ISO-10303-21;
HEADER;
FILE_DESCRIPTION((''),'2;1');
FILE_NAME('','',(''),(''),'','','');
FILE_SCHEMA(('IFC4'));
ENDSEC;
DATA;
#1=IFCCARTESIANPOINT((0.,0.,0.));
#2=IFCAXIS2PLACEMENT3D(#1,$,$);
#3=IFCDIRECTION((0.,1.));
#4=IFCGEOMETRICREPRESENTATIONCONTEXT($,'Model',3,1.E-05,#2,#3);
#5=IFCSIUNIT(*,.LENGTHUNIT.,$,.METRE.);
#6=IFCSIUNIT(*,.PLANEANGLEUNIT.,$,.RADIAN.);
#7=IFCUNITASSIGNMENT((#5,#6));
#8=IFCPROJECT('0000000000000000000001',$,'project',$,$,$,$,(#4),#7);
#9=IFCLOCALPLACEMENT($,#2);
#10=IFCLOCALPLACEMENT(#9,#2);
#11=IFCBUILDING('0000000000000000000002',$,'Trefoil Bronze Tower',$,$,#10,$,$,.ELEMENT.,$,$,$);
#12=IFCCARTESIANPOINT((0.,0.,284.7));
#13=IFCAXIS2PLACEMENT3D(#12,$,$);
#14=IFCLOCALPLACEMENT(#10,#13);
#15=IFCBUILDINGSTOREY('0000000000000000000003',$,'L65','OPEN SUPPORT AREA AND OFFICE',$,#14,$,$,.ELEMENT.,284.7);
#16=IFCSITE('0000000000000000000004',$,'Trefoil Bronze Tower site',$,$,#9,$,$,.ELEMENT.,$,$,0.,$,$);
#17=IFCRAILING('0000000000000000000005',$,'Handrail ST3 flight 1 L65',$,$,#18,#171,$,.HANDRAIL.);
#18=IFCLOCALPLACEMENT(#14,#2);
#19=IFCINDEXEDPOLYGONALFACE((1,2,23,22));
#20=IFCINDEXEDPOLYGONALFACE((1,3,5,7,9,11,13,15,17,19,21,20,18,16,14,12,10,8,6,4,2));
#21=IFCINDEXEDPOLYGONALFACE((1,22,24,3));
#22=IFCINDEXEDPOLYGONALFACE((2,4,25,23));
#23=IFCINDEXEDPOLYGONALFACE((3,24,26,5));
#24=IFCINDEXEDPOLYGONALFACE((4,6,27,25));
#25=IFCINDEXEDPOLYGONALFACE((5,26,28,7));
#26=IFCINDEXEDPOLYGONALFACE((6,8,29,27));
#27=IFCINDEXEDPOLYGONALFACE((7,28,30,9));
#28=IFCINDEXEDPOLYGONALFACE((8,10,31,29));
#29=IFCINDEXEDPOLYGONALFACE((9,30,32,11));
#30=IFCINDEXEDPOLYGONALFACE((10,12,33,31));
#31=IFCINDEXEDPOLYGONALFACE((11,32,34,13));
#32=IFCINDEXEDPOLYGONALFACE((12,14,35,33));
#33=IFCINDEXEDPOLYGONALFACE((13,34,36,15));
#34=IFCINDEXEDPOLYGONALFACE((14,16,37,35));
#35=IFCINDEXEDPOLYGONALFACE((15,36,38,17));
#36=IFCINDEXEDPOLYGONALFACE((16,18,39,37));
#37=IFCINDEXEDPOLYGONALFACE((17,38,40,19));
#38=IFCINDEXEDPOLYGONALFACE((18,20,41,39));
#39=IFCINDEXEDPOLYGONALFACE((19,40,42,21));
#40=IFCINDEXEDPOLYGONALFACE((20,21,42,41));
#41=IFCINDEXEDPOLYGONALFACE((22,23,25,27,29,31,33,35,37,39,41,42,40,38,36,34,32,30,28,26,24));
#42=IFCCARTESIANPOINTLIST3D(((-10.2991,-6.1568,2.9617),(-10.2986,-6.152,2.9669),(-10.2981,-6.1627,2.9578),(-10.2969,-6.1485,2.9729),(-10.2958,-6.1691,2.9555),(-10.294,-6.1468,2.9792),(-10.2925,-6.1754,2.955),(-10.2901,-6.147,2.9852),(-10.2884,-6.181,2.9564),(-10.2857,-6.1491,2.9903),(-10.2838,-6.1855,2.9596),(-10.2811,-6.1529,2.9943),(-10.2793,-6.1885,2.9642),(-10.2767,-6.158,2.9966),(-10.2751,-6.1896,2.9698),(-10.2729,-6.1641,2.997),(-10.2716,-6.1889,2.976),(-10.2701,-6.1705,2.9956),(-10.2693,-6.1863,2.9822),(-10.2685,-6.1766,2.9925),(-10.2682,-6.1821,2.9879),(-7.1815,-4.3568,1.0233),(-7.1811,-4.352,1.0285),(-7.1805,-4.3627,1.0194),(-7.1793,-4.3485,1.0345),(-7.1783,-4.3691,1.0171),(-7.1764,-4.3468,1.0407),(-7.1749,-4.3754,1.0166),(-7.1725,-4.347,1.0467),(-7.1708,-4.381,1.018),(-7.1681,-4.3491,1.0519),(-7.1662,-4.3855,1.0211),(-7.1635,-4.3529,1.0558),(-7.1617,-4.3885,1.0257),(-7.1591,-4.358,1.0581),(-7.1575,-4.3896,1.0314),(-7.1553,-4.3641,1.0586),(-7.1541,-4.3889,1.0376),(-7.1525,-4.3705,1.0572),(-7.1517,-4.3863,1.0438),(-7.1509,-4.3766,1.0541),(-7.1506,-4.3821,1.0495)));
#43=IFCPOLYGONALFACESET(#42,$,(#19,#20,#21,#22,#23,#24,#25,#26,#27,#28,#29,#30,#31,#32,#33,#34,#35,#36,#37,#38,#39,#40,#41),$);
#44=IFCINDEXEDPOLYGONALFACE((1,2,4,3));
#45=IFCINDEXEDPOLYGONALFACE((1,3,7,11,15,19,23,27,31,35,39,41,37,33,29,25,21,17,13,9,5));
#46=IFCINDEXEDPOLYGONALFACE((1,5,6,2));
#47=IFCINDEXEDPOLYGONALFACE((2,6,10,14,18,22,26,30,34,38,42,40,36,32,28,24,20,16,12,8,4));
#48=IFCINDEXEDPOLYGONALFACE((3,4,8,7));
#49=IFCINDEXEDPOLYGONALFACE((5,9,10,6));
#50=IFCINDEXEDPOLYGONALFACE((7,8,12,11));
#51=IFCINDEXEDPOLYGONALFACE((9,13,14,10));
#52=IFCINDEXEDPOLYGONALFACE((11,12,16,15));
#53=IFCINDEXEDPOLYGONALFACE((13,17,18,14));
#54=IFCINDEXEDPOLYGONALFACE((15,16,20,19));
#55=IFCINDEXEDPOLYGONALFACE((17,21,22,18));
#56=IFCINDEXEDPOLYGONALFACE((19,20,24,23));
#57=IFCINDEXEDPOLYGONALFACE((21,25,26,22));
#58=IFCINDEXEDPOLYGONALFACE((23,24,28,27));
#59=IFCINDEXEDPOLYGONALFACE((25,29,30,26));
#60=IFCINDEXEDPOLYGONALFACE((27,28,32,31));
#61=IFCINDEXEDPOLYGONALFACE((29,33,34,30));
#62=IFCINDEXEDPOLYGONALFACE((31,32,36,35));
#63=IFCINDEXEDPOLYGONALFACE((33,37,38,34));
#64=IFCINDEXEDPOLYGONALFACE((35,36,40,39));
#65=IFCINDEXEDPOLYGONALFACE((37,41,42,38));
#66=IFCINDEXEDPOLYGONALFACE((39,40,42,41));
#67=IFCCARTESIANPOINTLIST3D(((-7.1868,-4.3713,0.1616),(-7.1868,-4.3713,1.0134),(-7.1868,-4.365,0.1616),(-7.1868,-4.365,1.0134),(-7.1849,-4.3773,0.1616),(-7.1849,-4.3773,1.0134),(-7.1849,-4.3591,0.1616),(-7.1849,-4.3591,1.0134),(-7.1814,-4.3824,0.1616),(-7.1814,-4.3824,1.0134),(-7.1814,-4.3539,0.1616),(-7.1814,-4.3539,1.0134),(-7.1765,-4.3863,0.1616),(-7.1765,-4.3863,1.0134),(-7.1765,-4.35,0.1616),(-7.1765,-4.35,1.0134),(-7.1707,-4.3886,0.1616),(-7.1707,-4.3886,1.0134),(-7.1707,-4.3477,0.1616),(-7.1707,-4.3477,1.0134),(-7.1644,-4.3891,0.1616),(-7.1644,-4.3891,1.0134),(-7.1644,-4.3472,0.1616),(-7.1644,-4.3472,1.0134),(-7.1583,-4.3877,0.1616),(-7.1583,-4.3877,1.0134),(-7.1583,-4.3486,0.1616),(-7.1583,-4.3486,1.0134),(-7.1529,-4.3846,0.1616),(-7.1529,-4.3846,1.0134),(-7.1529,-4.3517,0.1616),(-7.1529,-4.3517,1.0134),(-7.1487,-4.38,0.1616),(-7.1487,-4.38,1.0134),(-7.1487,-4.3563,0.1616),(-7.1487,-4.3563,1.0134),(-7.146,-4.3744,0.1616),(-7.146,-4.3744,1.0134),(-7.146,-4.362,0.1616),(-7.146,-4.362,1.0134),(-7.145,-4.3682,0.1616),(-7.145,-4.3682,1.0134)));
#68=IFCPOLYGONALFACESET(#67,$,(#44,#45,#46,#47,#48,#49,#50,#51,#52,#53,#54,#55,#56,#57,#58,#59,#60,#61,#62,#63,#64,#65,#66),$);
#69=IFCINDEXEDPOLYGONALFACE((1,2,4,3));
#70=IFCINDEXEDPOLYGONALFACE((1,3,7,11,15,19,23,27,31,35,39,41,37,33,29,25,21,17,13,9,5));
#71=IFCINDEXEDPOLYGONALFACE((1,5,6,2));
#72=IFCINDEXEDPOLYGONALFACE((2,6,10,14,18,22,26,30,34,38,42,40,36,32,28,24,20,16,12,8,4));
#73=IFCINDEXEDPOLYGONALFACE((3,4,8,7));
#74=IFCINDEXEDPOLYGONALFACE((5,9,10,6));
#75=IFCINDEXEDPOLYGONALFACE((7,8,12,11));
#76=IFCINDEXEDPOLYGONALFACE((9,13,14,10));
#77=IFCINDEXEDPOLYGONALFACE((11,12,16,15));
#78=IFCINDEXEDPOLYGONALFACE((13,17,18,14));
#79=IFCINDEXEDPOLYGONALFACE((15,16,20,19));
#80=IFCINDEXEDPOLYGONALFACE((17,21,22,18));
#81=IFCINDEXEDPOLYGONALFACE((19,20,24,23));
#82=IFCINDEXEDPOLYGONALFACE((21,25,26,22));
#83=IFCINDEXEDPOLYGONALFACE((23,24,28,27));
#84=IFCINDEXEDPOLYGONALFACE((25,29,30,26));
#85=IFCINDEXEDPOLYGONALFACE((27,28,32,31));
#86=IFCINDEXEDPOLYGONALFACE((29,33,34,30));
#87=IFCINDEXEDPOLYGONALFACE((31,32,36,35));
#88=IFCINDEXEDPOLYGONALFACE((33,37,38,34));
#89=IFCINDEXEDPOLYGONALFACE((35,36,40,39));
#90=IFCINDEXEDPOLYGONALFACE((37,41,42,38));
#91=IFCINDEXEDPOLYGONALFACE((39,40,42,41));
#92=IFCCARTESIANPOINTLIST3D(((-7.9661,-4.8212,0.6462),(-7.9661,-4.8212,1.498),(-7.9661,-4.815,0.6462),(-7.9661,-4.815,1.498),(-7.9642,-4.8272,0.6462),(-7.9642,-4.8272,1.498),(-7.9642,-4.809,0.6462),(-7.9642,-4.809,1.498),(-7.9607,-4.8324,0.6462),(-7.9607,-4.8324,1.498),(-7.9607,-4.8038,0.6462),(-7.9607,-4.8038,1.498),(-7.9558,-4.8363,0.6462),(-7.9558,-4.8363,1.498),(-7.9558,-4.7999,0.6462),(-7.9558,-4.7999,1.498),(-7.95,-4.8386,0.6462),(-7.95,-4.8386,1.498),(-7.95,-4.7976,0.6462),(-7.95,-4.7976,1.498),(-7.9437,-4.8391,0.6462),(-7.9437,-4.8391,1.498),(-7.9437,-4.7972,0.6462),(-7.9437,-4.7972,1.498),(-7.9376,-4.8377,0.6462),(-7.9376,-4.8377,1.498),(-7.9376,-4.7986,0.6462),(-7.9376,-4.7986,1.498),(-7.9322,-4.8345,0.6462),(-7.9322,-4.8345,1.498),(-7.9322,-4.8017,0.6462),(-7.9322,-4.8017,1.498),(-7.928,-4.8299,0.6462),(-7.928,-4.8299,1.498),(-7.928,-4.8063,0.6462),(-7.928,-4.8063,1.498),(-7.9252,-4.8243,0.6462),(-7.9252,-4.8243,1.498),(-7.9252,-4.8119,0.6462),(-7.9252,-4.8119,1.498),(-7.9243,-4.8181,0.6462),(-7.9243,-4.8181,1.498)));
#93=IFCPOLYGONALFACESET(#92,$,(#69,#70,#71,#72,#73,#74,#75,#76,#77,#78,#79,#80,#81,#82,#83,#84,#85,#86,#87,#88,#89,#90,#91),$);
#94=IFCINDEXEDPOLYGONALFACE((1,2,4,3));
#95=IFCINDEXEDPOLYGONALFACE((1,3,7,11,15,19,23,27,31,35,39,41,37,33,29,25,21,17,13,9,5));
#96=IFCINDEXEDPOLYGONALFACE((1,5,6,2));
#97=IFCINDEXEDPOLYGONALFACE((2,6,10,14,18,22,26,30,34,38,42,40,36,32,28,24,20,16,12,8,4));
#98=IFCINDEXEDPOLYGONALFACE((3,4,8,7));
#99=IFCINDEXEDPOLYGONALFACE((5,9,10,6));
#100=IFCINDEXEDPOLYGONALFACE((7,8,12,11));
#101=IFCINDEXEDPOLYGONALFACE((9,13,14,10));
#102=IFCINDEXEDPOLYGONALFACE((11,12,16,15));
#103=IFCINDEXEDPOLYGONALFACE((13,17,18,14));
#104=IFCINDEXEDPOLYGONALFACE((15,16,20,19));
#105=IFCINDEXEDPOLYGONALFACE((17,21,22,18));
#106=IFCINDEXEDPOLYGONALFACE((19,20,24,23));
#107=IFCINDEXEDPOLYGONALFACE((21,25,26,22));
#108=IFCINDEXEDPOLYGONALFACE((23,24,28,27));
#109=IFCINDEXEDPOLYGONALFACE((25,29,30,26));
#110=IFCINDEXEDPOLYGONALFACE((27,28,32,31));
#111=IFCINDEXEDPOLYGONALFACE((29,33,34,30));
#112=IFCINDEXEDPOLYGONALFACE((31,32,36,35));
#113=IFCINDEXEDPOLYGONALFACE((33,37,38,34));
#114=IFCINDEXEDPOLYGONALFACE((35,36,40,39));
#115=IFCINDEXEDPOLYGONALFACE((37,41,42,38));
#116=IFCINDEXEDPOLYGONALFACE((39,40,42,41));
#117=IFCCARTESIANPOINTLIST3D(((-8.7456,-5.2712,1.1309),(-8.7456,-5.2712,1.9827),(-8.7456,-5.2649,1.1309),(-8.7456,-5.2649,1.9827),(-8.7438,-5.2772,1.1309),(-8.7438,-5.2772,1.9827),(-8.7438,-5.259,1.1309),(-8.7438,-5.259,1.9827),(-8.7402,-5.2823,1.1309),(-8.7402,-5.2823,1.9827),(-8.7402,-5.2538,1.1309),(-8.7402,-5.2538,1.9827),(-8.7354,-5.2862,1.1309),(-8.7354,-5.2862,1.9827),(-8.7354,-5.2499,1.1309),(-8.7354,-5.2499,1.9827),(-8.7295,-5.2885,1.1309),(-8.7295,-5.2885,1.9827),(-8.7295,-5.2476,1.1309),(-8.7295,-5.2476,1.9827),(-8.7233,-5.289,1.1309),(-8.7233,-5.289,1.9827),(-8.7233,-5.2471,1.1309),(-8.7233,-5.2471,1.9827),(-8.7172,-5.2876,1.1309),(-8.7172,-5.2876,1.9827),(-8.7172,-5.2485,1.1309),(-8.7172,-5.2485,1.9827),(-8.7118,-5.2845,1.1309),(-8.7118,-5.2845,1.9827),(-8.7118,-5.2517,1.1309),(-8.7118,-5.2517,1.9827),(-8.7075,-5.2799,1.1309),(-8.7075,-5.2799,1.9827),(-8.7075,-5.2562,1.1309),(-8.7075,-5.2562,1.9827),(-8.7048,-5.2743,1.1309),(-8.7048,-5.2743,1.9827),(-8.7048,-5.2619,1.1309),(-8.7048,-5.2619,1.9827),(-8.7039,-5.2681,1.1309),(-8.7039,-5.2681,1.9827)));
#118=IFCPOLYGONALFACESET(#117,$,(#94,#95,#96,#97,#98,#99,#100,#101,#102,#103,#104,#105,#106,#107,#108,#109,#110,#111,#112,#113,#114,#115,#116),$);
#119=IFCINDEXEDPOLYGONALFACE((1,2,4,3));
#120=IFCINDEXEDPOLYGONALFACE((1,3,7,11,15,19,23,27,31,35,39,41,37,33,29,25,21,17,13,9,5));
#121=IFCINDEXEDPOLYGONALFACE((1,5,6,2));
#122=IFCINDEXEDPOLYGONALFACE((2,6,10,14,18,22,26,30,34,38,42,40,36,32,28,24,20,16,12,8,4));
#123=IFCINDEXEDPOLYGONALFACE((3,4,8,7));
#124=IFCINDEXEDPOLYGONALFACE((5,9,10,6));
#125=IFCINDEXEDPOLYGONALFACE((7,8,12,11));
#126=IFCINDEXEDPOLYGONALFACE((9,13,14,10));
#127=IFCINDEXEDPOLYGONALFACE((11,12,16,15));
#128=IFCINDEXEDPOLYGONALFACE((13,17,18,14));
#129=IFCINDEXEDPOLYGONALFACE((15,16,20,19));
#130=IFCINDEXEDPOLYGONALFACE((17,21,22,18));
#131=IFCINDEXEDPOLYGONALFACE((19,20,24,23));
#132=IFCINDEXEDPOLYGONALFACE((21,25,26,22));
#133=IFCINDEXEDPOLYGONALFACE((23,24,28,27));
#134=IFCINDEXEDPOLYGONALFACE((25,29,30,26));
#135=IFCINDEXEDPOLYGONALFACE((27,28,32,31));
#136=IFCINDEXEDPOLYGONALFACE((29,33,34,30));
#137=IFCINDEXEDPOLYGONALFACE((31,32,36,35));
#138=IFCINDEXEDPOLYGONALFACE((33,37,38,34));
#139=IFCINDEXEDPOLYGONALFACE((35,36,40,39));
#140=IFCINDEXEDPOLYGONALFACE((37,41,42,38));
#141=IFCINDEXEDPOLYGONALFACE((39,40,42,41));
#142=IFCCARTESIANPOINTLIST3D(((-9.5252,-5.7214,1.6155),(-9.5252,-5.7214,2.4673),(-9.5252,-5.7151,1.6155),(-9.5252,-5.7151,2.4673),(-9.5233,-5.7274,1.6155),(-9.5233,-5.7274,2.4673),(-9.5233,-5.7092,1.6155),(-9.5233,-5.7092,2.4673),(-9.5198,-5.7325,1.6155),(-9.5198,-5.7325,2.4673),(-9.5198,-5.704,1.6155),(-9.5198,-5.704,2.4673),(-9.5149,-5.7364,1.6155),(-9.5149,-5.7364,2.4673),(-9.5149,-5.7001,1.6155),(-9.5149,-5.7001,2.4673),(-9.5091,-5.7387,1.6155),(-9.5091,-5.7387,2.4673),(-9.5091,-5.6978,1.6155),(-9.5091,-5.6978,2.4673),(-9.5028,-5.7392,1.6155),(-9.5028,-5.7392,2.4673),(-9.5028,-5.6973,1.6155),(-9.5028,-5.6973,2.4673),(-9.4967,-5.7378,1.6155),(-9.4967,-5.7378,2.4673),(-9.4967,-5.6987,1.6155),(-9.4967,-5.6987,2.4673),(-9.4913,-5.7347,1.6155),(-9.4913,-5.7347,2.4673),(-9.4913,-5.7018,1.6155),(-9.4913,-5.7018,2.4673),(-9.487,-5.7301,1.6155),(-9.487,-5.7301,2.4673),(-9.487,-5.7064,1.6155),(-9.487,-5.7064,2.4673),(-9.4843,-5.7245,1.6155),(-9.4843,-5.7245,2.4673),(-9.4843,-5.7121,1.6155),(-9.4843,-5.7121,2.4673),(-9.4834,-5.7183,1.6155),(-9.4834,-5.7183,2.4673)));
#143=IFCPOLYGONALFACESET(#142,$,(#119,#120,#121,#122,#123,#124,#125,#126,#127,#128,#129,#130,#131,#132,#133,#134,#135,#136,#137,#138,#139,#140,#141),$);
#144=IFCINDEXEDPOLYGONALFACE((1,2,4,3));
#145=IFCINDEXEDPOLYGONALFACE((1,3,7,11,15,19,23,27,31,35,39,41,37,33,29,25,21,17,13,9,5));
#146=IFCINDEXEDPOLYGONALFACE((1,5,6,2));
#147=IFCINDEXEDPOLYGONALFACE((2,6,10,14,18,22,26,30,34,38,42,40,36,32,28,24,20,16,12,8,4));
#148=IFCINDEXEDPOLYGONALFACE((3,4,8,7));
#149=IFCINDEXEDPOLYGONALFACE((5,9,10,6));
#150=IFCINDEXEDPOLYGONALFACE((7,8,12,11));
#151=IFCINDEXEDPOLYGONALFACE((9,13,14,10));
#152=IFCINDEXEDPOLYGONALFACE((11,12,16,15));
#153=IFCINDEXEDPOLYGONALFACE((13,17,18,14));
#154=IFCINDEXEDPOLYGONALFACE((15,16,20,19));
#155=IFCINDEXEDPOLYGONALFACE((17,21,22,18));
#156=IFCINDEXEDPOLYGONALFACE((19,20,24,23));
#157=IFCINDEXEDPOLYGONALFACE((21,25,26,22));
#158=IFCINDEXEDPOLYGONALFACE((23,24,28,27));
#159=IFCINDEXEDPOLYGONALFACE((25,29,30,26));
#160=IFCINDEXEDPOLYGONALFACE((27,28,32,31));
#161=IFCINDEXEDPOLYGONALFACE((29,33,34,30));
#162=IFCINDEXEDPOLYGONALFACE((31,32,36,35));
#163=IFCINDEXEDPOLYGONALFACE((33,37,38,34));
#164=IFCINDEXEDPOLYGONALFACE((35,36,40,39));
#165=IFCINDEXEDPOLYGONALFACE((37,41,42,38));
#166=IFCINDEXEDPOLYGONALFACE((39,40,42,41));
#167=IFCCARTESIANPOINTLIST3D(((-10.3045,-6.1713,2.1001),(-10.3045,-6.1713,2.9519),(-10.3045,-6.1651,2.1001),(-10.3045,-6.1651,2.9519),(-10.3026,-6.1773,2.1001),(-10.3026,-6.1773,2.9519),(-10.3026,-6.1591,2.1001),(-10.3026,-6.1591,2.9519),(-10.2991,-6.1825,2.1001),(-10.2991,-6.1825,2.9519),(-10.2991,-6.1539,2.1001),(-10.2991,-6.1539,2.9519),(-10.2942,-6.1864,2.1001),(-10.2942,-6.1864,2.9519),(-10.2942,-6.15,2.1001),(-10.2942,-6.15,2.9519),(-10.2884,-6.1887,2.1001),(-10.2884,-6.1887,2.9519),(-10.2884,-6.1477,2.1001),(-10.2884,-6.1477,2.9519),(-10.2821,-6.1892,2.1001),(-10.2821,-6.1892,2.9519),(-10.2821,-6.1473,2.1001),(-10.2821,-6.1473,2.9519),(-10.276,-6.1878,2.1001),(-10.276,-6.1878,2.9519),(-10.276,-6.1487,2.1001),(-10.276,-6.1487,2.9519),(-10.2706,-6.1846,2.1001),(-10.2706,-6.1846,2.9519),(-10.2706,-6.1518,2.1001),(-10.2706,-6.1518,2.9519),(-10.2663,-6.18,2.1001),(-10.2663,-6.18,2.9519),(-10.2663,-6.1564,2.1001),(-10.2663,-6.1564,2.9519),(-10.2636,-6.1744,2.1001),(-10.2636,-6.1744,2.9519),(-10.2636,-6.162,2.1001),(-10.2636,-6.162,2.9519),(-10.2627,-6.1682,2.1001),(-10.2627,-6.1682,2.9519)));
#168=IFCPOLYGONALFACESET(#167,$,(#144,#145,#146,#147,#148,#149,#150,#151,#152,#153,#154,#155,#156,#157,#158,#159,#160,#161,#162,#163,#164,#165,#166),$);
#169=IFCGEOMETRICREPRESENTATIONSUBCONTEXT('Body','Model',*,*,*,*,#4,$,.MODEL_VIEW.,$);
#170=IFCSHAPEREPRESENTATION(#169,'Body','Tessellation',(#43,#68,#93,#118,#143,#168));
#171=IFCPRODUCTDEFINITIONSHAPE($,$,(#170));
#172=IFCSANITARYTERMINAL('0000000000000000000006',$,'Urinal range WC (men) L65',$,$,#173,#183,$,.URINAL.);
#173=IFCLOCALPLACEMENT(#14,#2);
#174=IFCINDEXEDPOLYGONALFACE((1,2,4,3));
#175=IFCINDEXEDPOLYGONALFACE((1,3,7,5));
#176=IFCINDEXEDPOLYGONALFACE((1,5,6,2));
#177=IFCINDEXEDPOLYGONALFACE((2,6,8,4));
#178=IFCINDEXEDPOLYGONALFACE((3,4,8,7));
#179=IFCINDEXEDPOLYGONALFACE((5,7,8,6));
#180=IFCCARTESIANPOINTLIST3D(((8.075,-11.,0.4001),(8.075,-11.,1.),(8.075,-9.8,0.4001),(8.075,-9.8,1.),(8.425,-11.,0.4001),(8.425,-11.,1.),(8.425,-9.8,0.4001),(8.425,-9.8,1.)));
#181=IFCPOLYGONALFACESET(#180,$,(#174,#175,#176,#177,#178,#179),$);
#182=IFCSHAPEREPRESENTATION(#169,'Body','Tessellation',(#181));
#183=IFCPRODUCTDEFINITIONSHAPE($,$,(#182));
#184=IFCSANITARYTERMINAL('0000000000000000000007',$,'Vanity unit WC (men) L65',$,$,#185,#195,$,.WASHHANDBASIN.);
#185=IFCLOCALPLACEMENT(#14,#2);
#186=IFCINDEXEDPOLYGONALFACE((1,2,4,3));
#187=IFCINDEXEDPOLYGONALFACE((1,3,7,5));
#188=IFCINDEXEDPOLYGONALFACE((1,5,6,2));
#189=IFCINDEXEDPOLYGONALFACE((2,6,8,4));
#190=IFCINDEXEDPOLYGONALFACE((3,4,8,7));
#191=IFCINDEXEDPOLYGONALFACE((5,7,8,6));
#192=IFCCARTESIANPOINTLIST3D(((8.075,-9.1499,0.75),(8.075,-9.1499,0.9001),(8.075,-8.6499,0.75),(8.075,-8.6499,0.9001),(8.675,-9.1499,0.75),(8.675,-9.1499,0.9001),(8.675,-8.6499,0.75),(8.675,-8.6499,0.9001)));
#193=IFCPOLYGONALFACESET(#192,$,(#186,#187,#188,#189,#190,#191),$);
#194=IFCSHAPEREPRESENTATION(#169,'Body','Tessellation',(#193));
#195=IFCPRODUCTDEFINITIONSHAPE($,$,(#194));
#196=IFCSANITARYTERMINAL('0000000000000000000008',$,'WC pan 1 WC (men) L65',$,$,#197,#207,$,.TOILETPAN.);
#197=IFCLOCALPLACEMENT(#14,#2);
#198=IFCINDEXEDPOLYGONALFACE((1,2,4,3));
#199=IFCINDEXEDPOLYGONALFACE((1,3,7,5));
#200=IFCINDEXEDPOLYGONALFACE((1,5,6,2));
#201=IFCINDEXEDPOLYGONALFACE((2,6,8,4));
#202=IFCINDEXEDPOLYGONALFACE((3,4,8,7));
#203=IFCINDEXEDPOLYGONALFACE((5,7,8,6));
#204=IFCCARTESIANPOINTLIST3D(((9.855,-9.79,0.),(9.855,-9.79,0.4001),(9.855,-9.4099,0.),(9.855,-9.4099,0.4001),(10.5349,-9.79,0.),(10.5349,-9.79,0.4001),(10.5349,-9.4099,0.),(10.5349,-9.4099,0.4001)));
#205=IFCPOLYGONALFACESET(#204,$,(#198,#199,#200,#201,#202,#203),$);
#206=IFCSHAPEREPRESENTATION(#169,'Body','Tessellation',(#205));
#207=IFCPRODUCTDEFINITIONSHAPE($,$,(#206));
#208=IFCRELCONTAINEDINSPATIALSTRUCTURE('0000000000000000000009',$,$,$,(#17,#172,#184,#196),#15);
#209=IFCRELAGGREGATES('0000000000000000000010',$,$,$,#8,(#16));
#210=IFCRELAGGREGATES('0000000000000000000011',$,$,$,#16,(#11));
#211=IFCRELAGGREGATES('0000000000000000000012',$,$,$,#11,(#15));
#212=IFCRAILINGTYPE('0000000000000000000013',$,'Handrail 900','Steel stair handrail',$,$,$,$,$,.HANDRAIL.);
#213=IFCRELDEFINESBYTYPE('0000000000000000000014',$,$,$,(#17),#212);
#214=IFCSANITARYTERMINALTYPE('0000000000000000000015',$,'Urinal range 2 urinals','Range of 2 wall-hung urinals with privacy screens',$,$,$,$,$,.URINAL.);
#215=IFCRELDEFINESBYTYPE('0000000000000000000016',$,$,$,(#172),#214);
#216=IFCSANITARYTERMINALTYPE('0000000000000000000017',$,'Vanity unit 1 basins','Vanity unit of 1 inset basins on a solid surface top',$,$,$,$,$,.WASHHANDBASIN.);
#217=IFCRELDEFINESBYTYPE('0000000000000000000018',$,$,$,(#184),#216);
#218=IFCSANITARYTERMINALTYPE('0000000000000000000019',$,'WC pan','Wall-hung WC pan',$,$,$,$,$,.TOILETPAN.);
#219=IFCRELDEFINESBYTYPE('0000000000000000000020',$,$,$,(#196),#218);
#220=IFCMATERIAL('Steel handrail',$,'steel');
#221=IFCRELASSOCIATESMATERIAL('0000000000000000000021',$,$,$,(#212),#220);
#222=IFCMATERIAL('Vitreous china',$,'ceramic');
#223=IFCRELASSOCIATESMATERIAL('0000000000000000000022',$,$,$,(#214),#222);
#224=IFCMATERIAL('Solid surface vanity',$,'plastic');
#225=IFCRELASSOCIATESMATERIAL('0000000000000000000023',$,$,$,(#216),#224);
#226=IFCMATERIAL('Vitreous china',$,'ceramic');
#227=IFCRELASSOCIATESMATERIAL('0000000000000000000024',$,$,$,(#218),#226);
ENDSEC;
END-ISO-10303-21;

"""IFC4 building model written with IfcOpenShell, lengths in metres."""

from ifc_helpers import new_model, si_unit, direction, frame, origin, origin_2d, place, context, subcontext, project, spatial, polyline, circle, outline, extrude, material, type_object, element, save


model = new_model("IFC4")

# Units and contexts
model_context = context("Model", 3, precision=1e-05, world=origin(), true_north=direction((0.0, 1.0)))
body_context = subcontext(model_context, "Body", "Model", "MODEL_VIEW")
ifc_project = project(units=[si_unit("LENGTHUNIT", "METRE"), si_unit("PLANEANGLEUNIT", "RADIAN")], contexts=[model_context])

# Site, building, storey
site_placement = place(None, origin())
site = spatial("IfcSite", under=ifc_project, at=site_placement, Name="Trefoil Bronze Tower site", CompositionType="ELEMENT", RefElevation=0.0)
building_placement = place(site_placement, origin())
building = spatial("IfcBuilding", under=site, at=building_placement, Name="Trefoil Bronze Tower", CompositionType="ELEMENT")
storey_placement = place(building_placement, frame((0.0, 0.0, 284.7)))
storey = spatial("IfcBuildingStorey", under=building, at=storey_placement, Name="L65", Description="OPEN SUPPORT AREA AND OFFICE", CompositionType="ELEMENT", Elevation=284.7)

# Railing
ifc_material_1 = material(Name="Steel handrail", Category="steel")
railing_type = type_object("IfcRailingType", Name="Handrail 900", Description="Steel stair handrail", PredefinedType="HANDRAIL", material=ifc_material_1)
railing_placement = place(storey_placement, frame((-7.166, -4.3682, 0.1616)))
element("IfcRailing", 1, at=railing_placement, inside=storey, type_object=railing_type, Name="Handrail ST3 flight 1 L65", PredefinedType="HANDRAIL", context=body_context, shape_type="SweptSolid", body=[
    extrude(circle(Radius=0.0239, at=origin_2d()), frame((0.0, 0.0, 0.876), z_axis=(-0.762503, -0.440246, 0.474102), x_axis=(0.500012, -0.866018, 0.0)), (0.0, 0.0, 1.0), 4.0886),
    extrude(circle(Radius=0.021, at=origin_2d()), origin(), (0.0, 0.0, 1.0), 0.8518),
    extrude(circle(Radius=0.021, at=origin_2d()), frame((-0.7793, -0.45, 0.4846)), (0.0, 0.0, 1.0), 0.8518),
    extrude(circle(Radius=0.021, at=origin_2d()), frame((-1.5588, -0.8999, 0.9692)), (0.0, 0.0, 1.0), 0.8518),
    extrude(circle(Radius=0.021, at=origin_2d()), frame((-2.3384, -1.3501, 1.4539)), (0.0, 0.0, 1.0), 0.8518),
    extrude(circle(Radius=0.021, at=origin_2d()), frame((-3.1177, -1.8, 1.9385)), (0.0, 0.0, 1.0), 0.8518),
])

# Sanitary terminals
ifc_material_2 = material(Name="Vitreous china", Category="ceramic")
sanitary_terminal_type_1 = type_object("IfcSanitaryTerminalType", Name="Urinal range 2 urinals", Description="Range of 2 wall-hung urinals with privacy screens", PredefinedType="URINAL", material=ifc_material_2)
sanitary_terminal_1_placement = place(storey_placement, frame((0.0, 0.0, 0.4001)))
element("IfcSanitaryTerminal", 2, at=sanitary_terminal_1_placement, inside=storey, type_object=sanitary_terminal_type_1, Name="Urinal range WC (men) L65", PredefinedType="URINAL", context=body_context, shape_type="SweptSolid", body=[
    extrude(outline(polyline([(8.075, -9.8), (8.425, -9.8), (8.425, -11.0), (8.075, -11.0), (8.075, -9.8)])), origin(), (0.0, 0.0, 1.0), 0.5999),
])
ifc_material_3 = material(Name="Solid surface vanity", Category="plastic")
sanitary_terminal_type_2 = type_object("IfcSanitaryTerminalType", Name="Vanity unit 1 basins", Description="Vanity unit of 1 inset basins on a solid surface top", PredefinedType="WASHHANDBASIN", material=ifc_material_3)
sanitary_terminal_2_placement = place(storey_placement, frame((0.0, 0.0, 0.75)))
element("IfcSanitaryTerminal", 3, at=sanitary_terminal_2_placement, inside=storey, type_object=sanitary_terminal_type_2, Name="Vanity unit WC (men) L65", PredefinedType="WASHHANDBASIN", context=body_context, shape_type="SweptSolid", body=[
    extrude(outline(polyline([(8.075, -8.6499), (8.675, -8.6499), (8.675, -9.1499), (8.075, -9.1499), (8.075, -8.6499)])), origin(), (0.0, 0.0, 1.0), 0.1501),
])
ifc_material_4 = material(Name="Vitreous china", Category="ceramic")
sanitary_terminal_type_3 = type_object("IfcSanitaryTerminalType", Name="WC pan", Description="Wall-hung WC pan", PredefinedType="TOILETPAN", material=ifc_material_4)
sanitary_terminal_3_placement = place(storey_placement, origin())
element("IfcSanitaryTerminal", 4, at=sanitary_terminal_3_placement, inside=storey, type_object=sanitary_terminal_type_3, Name="WC pan 1 WC (men) L65", PredefinedType="TOILETPAN", context=body_context, shape_type="SweptSolid", body=[
    extrude(outline(polyline([(9.855, -9.4099), (10.5349, -9.4099), (10.5349, -9.79), (9.855, -9.79), (9.855, -9.4099)])), origin(), (0.0, 0.0, 1.0), 0.4001),
])

save(model, "model.ifc")
